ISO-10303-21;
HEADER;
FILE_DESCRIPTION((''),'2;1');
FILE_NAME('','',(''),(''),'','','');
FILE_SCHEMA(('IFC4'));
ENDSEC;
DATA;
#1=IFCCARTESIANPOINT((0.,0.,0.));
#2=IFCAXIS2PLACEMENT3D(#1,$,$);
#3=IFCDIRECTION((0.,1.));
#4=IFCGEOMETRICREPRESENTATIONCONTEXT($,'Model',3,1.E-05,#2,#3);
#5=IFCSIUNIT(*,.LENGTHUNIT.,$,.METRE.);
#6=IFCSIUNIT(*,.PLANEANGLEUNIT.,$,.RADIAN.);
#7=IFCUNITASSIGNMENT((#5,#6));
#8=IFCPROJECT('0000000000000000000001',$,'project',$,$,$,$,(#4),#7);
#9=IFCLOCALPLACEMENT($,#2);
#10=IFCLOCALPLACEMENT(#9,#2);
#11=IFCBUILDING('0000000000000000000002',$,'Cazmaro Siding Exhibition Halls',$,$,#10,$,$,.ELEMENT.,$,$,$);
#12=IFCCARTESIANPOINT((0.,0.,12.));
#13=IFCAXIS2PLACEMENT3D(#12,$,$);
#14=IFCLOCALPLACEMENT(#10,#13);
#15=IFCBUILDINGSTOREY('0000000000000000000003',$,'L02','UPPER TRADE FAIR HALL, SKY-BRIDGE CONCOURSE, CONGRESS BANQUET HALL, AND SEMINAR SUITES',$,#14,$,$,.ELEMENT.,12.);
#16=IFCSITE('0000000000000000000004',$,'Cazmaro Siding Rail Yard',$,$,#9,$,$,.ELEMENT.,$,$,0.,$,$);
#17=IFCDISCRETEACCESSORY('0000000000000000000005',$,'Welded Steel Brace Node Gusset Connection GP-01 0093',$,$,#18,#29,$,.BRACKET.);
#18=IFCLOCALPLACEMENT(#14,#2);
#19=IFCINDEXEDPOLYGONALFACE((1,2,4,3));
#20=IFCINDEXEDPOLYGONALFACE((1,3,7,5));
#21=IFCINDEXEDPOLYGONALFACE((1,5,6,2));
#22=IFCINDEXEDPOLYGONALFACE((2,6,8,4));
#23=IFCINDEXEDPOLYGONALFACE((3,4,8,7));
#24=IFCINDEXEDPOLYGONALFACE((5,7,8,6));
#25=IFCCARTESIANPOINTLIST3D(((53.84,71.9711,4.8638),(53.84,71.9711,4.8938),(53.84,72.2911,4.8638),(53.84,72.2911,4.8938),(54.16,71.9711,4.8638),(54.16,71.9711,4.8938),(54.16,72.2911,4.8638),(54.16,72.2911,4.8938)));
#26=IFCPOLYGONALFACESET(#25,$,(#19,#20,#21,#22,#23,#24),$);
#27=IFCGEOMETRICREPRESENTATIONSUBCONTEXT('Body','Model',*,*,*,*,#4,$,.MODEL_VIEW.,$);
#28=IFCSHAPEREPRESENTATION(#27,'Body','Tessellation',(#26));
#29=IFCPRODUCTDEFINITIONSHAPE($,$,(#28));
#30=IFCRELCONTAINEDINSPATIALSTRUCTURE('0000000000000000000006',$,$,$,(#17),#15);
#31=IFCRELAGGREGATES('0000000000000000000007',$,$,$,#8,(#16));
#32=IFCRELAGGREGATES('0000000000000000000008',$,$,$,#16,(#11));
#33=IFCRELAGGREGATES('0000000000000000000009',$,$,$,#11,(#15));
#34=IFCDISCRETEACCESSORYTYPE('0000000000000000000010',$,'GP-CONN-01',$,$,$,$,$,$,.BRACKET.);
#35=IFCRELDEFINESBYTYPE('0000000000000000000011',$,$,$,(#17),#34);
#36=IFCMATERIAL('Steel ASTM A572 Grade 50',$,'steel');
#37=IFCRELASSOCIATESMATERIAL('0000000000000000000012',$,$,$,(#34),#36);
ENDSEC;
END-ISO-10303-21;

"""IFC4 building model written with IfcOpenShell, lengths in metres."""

from ifc_helpers import new_model, si_unit, direction, frame, origin, origin_2d, place, context, subcontext, project, spatial, rectangle, extrude, material, type_object, element, save


model = new_model("IFC4")

# Units and contexts
model_context = context("Model", 3, precision=1e-05, world=origin(), true_north=direction((0.0, 1.0)))
body_context = subcontext(model_context, "Body", "Model", "MODEL_VIEW")
ifc_project = project(units=[si_unit("LENGTHUNIT", "METRE"), si_unit("PLANEANGLEUNIT", "RADIAN")], contexts=[model_context])

# Site, building, storey
site_placement = place(None, origin())
site = spatial("IfcSite", under=ifc_project, at=site_placement, Name="Cazmaro Siding Rail Yard", CompositionType="ELEMENT", RefElevation=0.0)
building_placement = place(site_placement, origin())
building = spatial("IfcBuilding", under=site, at=building_placement, Name="Cazmaro Siding Exhibition Halls", CompositionType="ELEMENT")
storey_placement = place(building_placement, frame((0.0, 0.0, 12.0)))
storey = spatial("IfcBuildingStorey", under=building, at=storey_placement, Name="L02", Description="UPPER TRADE FAIR HALL, SKY-BRIDGE CONCOURSE, CONGRESS BANQUET HALL, AND SEMINAR SUITES", CompositionType="ELEMENT", Elevation=12.0)

# Discrete accessory
ifc_material_1 = material(Name="Steel ASTM A572 Grade 50", Category="steel")
discrete_accessory_type = type_object("IfcDiscreteAccessoryType", Name="GP-CONN-01", PredefinedType="BRACKET", material=ifc_material_1)
discrete_accessory_placement = place(storey_placement, frame((54.0, 72.1311, 4.8638), z_axis=(0.0, 0.0, 1.0), x_axis=(1.0, 0.0, 0.0)))
element("IfcDiscreteAccessory", 1, at=discrete_accessory_placement, inside=storey, type_object=discrete_accessory_type, Name="Welded Steel Brace Node Gusset Connection GP-01 0093", PredefinedType="BRACKET", context=body_context, shape_type="SweptSolid", body=[
    extrude(rectangle(XDim=0.3201, YDim=0.3201, at=origin_2d()), origin(), (0.0, 0.0, 1.0), 0.03),
])

save(model, "model.ifc")
